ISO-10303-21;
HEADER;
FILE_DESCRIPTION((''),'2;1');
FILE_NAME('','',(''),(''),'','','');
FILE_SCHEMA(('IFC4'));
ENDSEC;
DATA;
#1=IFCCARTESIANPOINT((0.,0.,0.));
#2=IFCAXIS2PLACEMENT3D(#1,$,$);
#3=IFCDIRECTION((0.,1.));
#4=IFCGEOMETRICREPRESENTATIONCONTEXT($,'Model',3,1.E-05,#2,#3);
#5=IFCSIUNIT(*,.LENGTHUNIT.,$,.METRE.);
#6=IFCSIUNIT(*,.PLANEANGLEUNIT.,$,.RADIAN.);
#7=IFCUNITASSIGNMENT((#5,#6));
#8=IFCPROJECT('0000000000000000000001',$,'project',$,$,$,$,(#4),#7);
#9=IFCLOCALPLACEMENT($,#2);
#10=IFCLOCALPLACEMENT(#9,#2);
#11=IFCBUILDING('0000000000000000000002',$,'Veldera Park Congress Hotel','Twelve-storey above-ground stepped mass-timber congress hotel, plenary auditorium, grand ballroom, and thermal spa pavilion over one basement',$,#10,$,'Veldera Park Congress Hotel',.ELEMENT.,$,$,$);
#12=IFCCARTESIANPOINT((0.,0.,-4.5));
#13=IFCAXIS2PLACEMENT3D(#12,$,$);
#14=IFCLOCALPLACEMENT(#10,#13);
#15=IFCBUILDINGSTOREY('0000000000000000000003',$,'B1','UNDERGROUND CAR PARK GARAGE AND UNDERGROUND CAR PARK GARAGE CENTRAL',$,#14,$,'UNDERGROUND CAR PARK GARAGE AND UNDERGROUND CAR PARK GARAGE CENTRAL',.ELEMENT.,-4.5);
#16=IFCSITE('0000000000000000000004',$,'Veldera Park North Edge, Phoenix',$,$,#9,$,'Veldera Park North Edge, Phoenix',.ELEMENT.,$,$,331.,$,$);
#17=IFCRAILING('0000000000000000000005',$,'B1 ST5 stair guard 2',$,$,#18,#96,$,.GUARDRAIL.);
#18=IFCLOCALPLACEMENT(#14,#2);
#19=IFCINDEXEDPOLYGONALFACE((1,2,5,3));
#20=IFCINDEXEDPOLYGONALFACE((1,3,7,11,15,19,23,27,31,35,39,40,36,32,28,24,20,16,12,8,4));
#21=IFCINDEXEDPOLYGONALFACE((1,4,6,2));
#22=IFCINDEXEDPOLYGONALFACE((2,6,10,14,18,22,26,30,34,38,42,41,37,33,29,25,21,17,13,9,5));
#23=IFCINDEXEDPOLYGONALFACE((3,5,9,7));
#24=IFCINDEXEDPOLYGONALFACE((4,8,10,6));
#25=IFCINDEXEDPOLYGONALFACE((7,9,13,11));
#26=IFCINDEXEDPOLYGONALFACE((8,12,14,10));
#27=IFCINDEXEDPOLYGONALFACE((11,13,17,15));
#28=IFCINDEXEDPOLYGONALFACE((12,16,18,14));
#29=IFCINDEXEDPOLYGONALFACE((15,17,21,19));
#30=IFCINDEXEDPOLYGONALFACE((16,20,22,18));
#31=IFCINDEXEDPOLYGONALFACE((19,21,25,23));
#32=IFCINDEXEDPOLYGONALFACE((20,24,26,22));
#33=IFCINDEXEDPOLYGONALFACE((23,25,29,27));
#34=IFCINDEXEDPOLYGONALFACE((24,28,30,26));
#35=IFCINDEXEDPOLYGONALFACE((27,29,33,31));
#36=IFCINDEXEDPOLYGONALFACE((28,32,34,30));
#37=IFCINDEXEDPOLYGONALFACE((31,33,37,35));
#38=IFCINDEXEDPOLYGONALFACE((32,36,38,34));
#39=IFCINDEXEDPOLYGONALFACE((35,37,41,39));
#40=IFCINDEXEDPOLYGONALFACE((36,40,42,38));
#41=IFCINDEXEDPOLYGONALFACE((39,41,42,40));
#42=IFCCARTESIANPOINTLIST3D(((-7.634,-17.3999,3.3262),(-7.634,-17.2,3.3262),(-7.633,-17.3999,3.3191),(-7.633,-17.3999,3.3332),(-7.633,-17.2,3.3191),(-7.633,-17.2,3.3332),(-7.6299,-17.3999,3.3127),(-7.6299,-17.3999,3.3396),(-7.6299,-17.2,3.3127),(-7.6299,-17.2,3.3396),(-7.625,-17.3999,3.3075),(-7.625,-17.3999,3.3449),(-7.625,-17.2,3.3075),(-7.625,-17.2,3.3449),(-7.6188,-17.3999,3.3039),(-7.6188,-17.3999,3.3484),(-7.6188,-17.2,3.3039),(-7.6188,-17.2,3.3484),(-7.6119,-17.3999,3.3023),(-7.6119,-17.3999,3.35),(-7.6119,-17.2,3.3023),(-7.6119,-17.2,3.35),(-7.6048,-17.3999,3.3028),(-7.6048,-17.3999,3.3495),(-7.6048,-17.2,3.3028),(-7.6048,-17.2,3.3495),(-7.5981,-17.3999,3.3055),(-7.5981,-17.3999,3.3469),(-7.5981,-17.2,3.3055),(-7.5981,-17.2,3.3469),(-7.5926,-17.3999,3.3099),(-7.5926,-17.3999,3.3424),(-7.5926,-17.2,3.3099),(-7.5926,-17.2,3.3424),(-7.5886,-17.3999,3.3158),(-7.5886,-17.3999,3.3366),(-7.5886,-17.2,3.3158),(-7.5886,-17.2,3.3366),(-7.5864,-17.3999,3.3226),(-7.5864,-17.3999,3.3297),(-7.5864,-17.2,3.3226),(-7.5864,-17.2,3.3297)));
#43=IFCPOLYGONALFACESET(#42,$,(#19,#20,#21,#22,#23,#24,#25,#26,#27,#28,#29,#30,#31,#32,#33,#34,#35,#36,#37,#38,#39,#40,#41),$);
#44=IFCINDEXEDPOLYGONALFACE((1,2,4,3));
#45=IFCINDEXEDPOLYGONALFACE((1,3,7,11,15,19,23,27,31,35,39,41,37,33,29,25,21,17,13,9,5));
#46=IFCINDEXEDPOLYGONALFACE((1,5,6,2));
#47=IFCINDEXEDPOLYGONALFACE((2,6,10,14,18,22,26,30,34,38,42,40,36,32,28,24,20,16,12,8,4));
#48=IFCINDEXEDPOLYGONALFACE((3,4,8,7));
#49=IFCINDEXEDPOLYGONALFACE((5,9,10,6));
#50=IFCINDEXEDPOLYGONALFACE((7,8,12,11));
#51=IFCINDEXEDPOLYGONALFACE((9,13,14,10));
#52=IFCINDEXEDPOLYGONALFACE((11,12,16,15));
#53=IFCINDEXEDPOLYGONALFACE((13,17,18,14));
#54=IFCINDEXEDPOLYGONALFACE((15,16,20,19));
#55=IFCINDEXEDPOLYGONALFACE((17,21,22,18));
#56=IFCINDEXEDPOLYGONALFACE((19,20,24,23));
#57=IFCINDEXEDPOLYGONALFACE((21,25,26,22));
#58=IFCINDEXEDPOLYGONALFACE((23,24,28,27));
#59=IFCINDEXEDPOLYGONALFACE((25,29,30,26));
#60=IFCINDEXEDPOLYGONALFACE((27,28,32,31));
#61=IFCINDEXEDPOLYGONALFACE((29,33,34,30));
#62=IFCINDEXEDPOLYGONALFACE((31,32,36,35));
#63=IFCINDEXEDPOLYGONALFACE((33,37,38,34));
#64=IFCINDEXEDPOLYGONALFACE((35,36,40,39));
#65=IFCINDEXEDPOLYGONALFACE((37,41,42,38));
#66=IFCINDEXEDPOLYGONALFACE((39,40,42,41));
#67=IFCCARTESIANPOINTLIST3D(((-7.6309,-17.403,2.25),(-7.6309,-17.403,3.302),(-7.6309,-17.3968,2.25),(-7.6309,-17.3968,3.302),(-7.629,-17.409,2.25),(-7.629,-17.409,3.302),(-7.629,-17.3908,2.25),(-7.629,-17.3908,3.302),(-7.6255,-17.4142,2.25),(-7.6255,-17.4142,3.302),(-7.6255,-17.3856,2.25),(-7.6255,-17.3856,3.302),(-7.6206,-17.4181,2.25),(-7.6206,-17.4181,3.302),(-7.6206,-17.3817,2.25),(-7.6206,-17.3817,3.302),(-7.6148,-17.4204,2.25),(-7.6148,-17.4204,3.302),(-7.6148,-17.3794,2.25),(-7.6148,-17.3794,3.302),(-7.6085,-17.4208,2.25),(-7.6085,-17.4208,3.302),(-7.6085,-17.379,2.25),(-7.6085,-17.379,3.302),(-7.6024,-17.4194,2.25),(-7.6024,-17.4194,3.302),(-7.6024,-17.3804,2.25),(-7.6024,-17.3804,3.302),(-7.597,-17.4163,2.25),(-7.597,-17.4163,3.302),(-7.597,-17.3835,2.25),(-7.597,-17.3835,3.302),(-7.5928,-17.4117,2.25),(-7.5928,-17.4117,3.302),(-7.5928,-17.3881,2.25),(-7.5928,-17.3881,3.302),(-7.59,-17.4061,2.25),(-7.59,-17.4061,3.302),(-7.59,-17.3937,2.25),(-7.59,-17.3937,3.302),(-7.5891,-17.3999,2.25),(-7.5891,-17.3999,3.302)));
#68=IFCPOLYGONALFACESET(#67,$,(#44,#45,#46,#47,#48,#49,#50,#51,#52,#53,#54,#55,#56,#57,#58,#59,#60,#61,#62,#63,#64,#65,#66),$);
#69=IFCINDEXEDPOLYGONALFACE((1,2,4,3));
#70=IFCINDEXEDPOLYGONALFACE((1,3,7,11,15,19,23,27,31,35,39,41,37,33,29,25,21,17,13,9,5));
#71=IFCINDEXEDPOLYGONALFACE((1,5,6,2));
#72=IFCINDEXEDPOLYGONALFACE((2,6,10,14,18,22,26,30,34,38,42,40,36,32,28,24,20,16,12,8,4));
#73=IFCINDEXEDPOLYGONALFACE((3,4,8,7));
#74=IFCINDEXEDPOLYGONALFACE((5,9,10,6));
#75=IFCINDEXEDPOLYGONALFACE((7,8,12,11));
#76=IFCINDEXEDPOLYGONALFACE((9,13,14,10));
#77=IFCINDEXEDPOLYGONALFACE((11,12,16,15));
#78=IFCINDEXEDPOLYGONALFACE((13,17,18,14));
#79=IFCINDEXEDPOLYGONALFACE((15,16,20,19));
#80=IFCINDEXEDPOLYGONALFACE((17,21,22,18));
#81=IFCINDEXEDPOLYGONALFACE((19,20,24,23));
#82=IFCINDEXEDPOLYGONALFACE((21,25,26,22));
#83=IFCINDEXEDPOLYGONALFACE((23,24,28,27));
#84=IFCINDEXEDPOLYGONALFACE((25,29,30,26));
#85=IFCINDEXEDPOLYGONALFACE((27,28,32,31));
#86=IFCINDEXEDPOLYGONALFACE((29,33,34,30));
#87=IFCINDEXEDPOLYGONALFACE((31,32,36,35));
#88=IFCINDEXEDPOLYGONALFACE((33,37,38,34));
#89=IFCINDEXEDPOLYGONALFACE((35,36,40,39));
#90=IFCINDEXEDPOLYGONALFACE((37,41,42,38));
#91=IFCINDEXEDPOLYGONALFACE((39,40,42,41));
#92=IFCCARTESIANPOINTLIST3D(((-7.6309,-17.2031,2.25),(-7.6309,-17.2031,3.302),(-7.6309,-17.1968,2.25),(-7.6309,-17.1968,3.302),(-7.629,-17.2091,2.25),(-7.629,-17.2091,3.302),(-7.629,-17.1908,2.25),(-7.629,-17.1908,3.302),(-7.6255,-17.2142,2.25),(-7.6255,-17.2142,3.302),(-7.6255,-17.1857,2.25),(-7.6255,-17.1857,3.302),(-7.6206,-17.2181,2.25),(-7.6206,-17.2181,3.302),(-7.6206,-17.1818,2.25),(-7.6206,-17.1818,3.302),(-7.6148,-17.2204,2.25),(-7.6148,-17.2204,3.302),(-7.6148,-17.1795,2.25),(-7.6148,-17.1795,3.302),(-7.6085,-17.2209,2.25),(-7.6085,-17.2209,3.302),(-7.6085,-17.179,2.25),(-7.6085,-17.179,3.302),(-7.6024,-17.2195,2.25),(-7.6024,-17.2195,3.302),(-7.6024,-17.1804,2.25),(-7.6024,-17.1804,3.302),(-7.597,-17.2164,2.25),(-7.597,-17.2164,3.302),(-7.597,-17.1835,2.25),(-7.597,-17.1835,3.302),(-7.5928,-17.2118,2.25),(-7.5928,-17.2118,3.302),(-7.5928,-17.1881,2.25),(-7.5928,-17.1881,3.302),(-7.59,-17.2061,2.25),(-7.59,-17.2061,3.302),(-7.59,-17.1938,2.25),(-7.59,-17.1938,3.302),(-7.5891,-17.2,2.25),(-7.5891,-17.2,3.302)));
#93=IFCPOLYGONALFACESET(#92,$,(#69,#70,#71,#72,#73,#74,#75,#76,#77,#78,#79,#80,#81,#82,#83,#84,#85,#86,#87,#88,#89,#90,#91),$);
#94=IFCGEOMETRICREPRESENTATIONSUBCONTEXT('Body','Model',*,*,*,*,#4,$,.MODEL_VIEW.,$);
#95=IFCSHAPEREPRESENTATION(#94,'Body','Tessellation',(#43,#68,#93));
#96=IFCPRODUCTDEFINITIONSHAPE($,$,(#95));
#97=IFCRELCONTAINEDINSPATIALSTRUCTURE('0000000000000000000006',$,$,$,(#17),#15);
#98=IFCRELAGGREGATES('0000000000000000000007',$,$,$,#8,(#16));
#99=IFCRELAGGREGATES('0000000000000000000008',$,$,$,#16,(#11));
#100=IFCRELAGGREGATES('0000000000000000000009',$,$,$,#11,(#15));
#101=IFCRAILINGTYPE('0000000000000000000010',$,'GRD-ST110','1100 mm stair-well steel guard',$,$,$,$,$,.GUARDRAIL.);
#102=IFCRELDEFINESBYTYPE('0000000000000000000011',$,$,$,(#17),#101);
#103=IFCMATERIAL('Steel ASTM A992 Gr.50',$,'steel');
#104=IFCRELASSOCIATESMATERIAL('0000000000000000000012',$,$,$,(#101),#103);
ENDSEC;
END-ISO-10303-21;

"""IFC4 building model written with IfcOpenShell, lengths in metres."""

from ifc_helpers import new_model, si_unit, direction, frame, origin, origin_2d, place, context, subcontext, project, spatial, circle, extrude, material, type_object, element, save


model = new_model("IFC4")

# Units and contexts
model_context = context("Model", 3, precision=1e-05, world=origin(), true_north=direction((0.0, 1.0)))
body_context = subcontext(model_context, "Body", "Model", "MODEL_VIEW")
ifc_project = project(units=[si_unit("LENGTHUNIT", "METRE"), si_unit("PLANEANGLEUNIT", "RADIAN")], contexts=[model_context])

# Site, building, storey
site_placement = place(None, origin())
site = spatial("IfcSite", under=ifc_project, at=site_placement, Name="Veldera Park North Edge, Phoenix", LongName="Veldera Park North Edge, Phoenix", CompositionType="ELEMENT", RefElevation=331.0)
building_placement = place(site_placement, origin())
building = spatial("IfcBuilding", under=site, at=building_placement, Name="Veldera Park Congress Hotel", Description="Twelve-storey above-ground stepped mass-timber congress hotel, plenary auditorium, grand ballroom, and thermal spa pavilion over one basement", LongName="Veldera Park Congress Hotel", CompositionType="ELEMENT")
storey_placement = place(building_placement, frame((0.0, 0.0, -4.5)))
storey = spatial("IfcBuildingStorey", under=building, at=storey_placement, Name="B1", Description="UNDERGROUND CAR PARK GARAGE AND UNDERGROUND CAR PARK GARAGE CENTRAL", LongName="UNDERGROUND CAR PARK GARAGE AND UNDERGROUND CAR PARK GARAGE CENTRAL", CompositionType="ELEMENT", Elevation=-4.5)

# Railing
ifc_material_1 = material(Name="Steel ASTM A992 Gr.50", Category="steel")
railing_type_1 = type_object("IfcRailingType", Name="GRD-ST110", Description="1100 mm stair-well steel guard", PredefinedType="GUARDRAIL", material=ifc_material_1)
railing_1_placement = place(storey_placement, frame((-7.6101, -17.3999, 2.25)))
element("IfcRailing", 1, at=railing_1_placement, inside=storey, type_object=railing_type_1, Name="B1 ST5 stair guard 2", PredefinedType="GUARDRAIL", context=body_context, shape_type="SweptSolid", body=[
    extrude(circle(Radius=0.0239, at=origin_2d()), frame((0.0, 0.0, 1.0762), z_axis=(0.0, 1.0, 0.0), x_axis=(-1.0, 0.0, 0.0)), (0.0, 0.0, 1.0), 0.2),
    extrude(circle(Radius=0.021, at=origin_2d()), origin(), (0.0, 0.0, 1.0), 1.052),
    extrude(circle(Radius=0.021, at=origin_2d()), frame((0.0, 0.2, 0.0)), (0.0, 0.0, 1.0), 1.052),
])

save(model, "model.ifc")
